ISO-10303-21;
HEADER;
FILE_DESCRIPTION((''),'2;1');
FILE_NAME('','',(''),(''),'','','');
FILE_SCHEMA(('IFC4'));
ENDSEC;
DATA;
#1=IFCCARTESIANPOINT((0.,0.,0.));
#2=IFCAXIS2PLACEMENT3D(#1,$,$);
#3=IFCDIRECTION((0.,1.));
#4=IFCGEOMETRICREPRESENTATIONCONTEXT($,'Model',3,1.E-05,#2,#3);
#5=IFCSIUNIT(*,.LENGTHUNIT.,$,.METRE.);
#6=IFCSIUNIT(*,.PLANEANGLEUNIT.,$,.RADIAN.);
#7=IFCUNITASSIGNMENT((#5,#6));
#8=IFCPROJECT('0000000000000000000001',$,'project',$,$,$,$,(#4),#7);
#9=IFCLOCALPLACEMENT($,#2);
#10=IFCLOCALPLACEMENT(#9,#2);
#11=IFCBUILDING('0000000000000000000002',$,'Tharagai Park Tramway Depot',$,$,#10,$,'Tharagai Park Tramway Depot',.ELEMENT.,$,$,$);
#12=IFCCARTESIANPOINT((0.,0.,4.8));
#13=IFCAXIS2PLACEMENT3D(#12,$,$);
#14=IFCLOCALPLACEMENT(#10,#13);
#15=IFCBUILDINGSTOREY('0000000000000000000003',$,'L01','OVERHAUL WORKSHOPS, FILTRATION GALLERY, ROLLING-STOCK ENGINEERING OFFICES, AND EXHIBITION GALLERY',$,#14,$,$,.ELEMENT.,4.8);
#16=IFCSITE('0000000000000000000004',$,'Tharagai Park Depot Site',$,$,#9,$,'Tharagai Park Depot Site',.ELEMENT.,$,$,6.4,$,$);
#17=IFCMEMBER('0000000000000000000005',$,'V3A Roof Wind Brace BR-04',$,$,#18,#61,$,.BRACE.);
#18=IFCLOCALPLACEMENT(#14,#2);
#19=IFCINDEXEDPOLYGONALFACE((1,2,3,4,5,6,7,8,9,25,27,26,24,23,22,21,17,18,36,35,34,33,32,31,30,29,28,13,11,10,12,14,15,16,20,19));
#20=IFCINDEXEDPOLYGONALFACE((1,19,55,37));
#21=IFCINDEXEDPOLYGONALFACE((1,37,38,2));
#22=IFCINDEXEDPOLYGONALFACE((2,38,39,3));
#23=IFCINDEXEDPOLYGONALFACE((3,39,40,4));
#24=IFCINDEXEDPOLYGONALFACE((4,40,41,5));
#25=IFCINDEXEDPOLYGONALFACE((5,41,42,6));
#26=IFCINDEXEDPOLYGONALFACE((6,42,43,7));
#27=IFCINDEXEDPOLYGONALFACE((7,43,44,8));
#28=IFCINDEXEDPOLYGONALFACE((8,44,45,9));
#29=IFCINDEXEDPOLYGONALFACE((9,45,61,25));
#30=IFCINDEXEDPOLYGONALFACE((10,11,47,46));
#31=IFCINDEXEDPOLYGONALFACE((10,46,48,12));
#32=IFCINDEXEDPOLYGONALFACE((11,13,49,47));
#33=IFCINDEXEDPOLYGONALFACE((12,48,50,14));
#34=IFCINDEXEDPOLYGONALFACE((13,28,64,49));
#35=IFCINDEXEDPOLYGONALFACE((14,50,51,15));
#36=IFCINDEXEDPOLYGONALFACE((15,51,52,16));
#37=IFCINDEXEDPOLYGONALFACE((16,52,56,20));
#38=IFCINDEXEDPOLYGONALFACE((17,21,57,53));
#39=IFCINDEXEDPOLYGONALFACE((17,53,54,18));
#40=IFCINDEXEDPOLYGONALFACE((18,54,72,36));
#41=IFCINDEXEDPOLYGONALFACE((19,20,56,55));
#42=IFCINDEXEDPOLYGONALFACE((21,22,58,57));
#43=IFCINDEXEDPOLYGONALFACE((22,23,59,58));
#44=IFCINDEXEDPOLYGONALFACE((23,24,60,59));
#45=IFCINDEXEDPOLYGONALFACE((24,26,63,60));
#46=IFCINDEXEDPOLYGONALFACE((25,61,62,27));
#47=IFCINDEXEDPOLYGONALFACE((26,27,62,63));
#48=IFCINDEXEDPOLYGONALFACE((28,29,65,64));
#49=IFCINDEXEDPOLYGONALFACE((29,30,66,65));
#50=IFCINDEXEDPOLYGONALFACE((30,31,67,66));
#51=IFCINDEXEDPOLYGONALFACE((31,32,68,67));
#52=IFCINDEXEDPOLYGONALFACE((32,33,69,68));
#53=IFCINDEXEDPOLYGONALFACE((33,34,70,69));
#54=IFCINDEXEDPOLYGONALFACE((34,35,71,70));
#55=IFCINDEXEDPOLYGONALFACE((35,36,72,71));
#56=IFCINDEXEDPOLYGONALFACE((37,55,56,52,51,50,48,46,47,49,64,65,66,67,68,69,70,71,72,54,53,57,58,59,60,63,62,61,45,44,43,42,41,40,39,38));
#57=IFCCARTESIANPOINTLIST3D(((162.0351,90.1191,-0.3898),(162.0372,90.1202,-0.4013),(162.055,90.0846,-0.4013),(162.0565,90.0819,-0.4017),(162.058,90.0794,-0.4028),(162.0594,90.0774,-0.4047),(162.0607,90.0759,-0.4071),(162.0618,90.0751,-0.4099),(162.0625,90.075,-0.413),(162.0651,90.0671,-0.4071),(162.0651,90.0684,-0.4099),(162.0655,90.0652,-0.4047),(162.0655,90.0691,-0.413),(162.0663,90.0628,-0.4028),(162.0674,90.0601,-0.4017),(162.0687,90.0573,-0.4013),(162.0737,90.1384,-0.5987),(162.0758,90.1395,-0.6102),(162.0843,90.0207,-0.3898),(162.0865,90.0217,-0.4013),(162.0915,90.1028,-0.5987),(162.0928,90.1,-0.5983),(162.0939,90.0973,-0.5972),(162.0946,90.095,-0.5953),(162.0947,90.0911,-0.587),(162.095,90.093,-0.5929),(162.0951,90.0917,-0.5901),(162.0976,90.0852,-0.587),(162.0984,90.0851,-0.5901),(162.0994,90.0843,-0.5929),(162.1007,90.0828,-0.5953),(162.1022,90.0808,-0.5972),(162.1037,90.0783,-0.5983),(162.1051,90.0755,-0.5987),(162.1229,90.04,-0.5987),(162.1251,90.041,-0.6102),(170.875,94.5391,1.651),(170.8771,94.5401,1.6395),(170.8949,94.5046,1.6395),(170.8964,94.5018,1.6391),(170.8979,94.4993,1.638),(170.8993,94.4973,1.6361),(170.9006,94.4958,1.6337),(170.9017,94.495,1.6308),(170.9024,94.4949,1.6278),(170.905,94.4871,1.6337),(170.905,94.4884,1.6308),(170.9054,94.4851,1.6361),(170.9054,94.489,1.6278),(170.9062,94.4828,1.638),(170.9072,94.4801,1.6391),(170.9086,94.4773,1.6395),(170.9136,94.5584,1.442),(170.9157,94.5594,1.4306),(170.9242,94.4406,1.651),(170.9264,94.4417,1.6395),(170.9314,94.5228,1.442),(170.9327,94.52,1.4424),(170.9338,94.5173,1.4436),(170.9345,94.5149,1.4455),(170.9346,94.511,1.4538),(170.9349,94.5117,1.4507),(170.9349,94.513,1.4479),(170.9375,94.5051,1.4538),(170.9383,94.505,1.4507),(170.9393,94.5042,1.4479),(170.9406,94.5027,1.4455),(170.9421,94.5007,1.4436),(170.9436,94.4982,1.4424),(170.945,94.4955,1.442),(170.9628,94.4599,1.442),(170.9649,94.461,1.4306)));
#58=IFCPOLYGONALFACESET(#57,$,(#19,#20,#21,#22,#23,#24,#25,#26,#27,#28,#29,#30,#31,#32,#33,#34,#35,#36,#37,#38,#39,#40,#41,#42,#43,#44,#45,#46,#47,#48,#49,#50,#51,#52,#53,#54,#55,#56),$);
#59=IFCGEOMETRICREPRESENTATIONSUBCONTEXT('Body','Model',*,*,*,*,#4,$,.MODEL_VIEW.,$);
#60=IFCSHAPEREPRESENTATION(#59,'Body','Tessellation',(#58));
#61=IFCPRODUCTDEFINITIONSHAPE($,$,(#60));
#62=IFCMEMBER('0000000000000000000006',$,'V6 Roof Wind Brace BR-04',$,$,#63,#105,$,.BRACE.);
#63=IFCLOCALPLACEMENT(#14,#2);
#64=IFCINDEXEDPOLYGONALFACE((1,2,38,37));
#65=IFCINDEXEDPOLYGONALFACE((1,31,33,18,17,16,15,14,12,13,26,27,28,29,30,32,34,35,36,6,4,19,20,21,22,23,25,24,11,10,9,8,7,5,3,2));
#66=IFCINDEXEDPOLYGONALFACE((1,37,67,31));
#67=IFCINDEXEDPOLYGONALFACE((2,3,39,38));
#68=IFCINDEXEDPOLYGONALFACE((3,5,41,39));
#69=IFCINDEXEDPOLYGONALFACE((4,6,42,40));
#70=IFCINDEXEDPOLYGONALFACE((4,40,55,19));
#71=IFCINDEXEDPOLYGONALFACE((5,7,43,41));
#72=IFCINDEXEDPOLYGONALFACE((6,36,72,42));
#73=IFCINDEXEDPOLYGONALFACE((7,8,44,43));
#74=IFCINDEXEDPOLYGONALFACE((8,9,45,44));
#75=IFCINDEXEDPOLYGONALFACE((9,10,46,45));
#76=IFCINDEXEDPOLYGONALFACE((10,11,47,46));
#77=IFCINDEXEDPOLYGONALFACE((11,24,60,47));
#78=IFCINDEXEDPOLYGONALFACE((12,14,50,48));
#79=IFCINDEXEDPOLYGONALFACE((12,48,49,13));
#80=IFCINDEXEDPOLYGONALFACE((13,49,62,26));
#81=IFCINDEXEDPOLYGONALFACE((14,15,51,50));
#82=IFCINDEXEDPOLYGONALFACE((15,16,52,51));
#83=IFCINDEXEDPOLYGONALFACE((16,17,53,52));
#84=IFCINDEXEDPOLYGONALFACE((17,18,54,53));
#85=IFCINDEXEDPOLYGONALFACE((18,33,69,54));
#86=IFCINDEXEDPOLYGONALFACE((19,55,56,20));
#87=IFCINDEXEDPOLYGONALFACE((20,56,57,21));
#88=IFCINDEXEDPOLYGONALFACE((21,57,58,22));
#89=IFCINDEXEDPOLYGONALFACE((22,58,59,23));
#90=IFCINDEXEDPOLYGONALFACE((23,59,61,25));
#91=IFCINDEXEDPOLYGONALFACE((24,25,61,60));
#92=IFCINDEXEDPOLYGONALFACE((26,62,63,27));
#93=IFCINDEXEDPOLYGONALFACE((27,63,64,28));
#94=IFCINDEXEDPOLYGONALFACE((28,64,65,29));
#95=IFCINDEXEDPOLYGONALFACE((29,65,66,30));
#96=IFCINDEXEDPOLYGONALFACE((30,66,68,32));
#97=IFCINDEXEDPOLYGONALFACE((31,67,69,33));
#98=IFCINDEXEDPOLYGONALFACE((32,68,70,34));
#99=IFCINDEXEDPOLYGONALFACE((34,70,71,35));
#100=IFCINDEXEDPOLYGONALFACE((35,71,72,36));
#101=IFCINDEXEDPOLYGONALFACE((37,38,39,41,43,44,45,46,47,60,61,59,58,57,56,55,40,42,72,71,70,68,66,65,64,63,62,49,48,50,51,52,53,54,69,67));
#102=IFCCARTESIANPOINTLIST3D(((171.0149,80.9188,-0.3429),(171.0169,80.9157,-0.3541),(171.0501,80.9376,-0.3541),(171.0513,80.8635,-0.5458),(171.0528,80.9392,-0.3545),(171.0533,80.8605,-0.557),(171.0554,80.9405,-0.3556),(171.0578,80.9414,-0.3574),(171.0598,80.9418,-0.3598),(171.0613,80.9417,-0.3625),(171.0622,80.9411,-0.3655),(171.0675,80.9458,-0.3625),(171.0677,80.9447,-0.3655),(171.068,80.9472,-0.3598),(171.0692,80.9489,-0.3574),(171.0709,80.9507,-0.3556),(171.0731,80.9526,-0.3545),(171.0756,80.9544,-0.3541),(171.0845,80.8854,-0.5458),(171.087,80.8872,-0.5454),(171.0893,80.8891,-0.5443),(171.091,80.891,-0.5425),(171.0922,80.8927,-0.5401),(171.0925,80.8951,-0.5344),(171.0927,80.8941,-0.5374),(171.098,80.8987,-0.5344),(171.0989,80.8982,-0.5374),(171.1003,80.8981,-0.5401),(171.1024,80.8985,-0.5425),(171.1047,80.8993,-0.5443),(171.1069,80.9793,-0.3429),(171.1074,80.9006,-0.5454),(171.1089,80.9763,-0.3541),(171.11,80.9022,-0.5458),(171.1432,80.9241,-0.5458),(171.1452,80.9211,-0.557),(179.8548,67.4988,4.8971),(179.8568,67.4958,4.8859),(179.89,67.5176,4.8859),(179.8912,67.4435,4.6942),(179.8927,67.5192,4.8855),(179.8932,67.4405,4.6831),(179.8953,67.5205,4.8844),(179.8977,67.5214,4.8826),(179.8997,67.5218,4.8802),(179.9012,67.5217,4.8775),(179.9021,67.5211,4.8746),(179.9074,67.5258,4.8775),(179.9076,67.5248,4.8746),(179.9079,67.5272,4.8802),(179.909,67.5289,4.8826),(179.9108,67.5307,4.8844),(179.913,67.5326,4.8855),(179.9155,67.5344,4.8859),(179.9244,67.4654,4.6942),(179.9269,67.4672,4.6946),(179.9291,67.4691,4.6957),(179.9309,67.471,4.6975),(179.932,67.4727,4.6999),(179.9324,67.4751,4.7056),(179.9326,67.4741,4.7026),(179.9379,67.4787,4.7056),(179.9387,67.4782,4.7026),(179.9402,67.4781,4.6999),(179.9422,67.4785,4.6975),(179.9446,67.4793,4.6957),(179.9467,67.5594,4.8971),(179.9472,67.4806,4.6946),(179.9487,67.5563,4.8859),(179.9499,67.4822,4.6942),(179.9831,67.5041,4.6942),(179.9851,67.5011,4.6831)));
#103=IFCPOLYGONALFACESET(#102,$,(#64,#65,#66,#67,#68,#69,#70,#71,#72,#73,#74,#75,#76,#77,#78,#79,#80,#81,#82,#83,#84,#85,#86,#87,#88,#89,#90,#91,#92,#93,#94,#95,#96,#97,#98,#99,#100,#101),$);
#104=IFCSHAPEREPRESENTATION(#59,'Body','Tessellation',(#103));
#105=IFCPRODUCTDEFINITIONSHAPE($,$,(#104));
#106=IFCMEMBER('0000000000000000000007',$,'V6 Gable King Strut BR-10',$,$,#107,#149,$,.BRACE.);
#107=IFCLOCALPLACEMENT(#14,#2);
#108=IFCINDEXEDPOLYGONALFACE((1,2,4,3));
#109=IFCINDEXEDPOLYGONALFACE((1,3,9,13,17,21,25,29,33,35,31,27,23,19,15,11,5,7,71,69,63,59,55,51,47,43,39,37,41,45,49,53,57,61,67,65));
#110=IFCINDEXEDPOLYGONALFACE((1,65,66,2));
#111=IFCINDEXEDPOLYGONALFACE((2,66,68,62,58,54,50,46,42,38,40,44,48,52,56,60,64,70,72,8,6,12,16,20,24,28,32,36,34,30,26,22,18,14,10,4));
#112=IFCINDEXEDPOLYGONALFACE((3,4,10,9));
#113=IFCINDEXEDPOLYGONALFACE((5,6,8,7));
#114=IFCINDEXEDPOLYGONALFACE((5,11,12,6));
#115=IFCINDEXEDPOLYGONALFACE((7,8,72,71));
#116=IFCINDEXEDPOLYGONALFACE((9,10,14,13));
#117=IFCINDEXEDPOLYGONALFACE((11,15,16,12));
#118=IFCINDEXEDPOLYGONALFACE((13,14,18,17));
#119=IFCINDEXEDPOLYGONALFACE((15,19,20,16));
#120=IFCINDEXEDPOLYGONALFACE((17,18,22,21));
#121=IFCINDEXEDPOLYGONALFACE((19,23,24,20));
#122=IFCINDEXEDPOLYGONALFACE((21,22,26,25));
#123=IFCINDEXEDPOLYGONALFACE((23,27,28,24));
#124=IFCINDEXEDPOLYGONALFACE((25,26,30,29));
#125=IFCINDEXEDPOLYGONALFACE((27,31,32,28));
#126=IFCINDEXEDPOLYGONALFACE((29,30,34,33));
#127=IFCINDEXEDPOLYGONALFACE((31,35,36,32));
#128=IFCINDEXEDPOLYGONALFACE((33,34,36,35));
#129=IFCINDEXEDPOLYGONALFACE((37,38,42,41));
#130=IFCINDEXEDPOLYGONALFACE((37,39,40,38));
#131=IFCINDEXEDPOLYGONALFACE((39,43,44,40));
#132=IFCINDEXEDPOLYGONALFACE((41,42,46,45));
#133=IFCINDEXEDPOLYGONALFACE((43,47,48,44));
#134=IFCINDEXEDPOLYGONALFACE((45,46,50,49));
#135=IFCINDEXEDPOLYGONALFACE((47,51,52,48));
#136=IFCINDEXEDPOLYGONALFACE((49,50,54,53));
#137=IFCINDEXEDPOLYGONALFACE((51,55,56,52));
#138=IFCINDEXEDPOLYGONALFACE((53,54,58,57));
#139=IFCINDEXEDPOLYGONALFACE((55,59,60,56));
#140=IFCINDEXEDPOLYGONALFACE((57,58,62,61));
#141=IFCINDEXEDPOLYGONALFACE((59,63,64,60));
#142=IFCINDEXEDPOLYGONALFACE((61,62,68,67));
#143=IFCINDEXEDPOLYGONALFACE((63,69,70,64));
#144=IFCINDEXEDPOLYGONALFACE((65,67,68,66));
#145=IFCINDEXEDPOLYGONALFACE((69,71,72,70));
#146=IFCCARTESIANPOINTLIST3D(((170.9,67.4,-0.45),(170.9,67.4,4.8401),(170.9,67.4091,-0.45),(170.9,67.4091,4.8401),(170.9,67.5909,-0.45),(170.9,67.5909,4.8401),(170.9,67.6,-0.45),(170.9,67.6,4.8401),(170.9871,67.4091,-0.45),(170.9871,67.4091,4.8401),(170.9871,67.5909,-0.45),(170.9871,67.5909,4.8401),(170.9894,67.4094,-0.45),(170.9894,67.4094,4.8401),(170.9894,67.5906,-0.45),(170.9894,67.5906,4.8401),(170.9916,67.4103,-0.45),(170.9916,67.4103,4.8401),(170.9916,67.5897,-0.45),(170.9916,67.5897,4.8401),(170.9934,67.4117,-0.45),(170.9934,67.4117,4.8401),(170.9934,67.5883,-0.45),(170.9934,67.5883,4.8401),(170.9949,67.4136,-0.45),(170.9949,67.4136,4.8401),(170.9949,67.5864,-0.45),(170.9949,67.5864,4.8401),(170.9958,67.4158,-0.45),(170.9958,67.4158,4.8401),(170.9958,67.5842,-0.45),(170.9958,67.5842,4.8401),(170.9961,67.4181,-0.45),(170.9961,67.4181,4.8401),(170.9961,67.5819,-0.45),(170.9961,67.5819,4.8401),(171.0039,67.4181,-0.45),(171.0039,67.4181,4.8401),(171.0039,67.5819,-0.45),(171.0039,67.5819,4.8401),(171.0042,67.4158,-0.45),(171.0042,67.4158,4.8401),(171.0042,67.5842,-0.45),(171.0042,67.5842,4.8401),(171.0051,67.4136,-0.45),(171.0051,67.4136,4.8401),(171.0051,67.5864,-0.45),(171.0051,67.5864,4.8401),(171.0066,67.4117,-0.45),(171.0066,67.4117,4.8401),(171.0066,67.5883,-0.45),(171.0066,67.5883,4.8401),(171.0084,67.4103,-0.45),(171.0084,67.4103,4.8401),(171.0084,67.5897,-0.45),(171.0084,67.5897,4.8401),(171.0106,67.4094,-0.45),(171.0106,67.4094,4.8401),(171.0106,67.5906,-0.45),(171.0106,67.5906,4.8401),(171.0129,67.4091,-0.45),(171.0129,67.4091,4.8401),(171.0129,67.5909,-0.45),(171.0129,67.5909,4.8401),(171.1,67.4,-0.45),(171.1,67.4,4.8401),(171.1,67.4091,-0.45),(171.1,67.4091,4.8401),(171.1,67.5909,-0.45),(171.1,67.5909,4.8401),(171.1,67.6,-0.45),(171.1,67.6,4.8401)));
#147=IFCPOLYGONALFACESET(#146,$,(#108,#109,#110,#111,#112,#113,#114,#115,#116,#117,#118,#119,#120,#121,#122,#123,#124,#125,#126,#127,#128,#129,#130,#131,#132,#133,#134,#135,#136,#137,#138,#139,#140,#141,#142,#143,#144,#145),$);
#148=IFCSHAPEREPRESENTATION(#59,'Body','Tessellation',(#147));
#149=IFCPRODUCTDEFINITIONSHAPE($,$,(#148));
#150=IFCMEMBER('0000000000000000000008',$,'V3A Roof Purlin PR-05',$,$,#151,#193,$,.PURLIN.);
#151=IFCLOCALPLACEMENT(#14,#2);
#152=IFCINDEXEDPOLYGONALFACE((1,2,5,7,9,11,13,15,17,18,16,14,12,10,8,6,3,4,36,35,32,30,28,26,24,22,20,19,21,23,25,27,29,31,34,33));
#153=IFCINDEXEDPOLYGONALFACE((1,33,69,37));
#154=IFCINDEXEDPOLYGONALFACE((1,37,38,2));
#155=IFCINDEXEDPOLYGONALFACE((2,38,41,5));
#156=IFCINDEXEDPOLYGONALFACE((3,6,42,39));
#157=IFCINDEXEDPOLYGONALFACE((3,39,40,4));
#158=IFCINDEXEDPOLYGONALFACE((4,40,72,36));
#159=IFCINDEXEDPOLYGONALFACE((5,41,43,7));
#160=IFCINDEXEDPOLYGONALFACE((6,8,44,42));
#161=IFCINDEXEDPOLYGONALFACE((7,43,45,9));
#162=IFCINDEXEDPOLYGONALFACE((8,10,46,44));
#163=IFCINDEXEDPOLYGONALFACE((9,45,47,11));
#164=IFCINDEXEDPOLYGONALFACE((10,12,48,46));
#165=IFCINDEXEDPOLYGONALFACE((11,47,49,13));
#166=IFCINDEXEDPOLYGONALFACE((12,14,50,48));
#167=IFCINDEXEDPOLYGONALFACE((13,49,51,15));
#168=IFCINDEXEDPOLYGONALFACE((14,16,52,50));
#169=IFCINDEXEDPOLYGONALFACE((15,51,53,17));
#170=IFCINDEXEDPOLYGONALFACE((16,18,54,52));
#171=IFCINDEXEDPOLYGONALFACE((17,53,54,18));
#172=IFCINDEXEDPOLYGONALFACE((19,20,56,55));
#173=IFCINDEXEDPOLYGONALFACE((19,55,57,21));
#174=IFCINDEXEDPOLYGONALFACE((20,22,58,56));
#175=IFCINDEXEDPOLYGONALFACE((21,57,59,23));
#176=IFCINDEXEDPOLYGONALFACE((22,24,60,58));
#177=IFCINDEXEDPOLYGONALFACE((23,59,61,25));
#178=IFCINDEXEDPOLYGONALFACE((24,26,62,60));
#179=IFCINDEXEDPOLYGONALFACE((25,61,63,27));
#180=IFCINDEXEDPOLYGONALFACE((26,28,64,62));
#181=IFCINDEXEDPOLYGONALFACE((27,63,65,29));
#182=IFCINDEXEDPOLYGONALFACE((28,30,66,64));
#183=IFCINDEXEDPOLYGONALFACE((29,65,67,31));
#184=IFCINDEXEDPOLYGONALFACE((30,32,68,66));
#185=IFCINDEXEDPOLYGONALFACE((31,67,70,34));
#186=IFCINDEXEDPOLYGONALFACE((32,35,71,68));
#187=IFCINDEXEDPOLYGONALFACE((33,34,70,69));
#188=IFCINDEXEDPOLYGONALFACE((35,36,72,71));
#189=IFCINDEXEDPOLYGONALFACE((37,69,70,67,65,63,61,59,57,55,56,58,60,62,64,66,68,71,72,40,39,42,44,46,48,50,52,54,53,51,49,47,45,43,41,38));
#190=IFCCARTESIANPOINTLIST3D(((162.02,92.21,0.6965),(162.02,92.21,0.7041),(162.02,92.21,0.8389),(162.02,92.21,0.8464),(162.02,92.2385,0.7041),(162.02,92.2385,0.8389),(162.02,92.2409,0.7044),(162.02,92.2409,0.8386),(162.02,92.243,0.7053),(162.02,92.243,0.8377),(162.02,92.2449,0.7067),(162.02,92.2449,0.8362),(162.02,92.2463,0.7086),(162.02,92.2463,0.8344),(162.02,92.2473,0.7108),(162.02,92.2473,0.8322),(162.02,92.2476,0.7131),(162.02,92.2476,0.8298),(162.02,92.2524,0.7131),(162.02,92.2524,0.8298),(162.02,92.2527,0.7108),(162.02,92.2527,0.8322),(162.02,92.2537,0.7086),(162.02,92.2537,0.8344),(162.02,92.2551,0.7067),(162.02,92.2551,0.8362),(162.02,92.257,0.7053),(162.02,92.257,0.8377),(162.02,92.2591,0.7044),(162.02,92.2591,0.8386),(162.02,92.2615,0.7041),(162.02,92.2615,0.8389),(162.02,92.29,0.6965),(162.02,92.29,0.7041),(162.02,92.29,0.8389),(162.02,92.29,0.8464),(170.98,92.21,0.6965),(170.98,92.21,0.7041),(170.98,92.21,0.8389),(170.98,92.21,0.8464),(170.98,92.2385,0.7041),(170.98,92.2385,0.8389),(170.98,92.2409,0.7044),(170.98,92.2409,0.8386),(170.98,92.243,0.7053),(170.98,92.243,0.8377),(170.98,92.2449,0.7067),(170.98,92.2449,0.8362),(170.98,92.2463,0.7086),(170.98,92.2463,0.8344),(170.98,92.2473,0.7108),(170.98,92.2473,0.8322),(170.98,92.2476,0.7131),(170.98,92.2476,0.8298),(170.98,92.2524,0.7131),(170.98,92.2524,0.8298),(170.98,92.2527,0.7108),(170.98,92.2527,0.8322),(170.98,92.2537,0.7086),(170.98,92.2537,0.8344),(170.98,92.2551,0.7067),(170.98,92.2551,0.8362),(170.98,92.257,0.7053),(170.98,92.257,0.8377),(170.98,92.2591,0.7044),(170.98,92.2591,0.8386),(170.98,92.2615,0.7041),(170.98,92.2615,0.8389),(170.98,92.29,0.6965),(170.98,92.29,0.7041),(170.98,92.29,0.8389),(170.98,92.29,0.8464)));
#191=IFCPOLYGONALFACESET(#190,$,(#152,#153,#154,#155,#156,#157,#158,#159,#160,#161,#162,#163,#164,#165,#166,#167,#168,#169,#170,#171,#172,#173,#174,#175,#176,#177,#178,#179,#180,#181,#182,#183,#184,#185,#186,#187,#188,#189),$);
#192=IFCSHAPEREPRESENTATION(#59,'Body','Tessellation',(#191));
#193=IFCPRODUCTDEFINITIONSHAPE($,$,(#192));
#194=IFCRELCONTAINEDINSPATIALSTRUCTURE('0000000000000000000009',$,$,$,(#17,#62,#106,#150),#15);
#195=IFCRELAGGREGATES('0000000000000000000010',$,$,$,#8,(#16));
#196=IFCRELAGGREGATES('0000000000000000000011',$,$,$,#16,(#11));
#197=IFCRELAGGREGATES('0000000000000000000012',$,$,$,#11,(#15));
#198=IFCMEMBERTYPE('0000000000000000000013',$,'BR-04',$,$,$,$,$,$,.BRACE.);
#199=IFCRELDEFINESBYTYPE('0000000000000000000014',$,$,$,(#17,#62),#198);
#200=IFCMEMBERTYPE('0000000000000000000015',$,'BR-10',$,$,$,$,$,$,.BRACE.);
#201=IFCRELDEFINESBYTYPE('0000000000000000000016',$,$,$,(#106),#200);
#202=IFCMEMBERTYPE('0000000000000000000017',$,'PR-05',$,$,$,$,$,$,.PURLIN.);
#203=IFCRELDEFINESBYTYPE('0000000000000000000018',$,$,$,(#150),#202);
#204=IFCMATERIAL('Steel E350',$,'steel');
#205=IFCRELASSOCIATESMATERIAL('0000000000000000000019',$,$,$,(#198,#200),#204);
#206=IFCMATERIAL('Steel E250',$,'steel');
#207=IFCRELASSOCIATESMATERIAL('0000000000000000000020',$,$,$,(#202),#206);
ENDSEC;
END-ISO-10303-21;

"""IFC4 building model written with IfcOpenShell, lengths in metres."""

from ifc_helpers import new_model, si_unit, direction, frame, origin, origin_2d, place, context, subcontext, project, spatial, i_section, extrude, material, material_profile, profile_set, type_object, element, save


model = new_model("IFC4")

# Units and contexts
model_context = context("Model", 3, precision=1e-05, world=origin(), true_north=direction((0.0, 1.0)))
body_context = subcontext(model_context, "Body", "Model", "MODEL_VIEW")
ifc_project = project(units=[si_unit("LENGTHUNIT", "METRE"), si_unit("PLANEANGLEUNIT", "RADIAN")], contexts=[model_context])

# Site, building, storey
site_placement = place(None, origin())
site = spatial("IfcSite", under=ifc_project, at=site_placement, Name="Tharagai Park Depot Site", LongName="Tharagai Park Depot Site", CompositionType="ELEMENT", RefElevation=6.4)
building_placement = place(site_placement, origin())
building = spatial("IfcBuilding", under=site, at=building_placement, Name="Tharagai Park Tramway Depot", LongName="Tharagai Park Tramway Depot", CompositionType="ELEMENT")
storey_placement = place(building_placement, frame((0.0, 0.0, 4.8)))
storey = spatial("IfcBuildingStorey", under=building, at=storey_placement, Name="L01", Description="OVERHAUL WORKSHOPS, FILTRATION GALLERY, ROLLING-STOCK ENGINEERING OFFICES, AND EXHIBITION GALLERY", CompositionType="ELEMENT", Elevation=4.8)

# Shared definitions
ifc_material_1 = material(Name="Steel E350", Category="steel")

# Members
ifc_material_profile_1 = material_profile(ifc_material_1, i_section(OverallWidth=0.1101, OverallDepth=0.2251, WebThickness=0.0066, FlangeThickness=0.0117, FilletRadius=0.012, at=origin_2d()), Name="ISMB 225")
ifc_profile_set_1 = profile_set([ifc_material_profile_1], Name="Steel E350")
member_type_1 = type_object("IfcMemberType", Name="BR-04", PredefinedType="BRACE", material=ifc_profile_set_1)
member_1_placement = place(storey_placement, frame((162.0801, 90.0801, -0.5), z_axis=(0.875948, 0.437974, 0.202222), x_axis=(-0.447214, 0.894427, 0.0)))
element("IfcMember", 1, at=member_1_placement, inside=storey, type_object=member_type_1, Name="V3A Roof Wind Brace BR-04", PredefinedType="BRACE", context=body_context, shape_type="SweptSolid", body=[
    extrude(i_section(OverallWidth=0.1101, OverallDepth=0.2251, WebThickness=0.0066, FlangeThickness=0.0117, FilletRadius=0.012, at=origin_2d()), origin(), (0.0, 0.0, 1.0), 10.0918),
])
member_2_placement = place(storey_placement, frame((171.0801, 80.9199, -0.45), z_axis=(0.52299, -0.793961, 0.310013), x_axis=(0.835104, 0.550092, 0.0)))
element("IfcMember", 2, at=member_2_placement, inside=storey, type_object=member_type_1, Name="V6 Roof Wind Brace BR-04", PredefinedType="BRACE", context=body_context, shape_type="SweptSolid", body=[
    extrude(i_section(OverallWidth=0.1101, OverallDepth=0.2251, WebThickness=0.0066, FlangeThickness=0.0117, FilletRadius=0.012, at=origin_2d()), origin(), (0.0, 0.0, 1.0), 16.9026),
])
ifc_material_profile_2 = material_profile(ifc_material_1, i_section(OverallWidth=0.2, OverallDepth=0.2, WebThickness=0.0078, FlangeThickness=0.009, FilletRadius=0.009, at=origin_2d()), Name="ISHB 200")
ifc_profile_set_2 = profile_set([ifc_material_profile_2], Name="Steel E350")
member_type_2 = type_object("IfcMemberType", Name="BR-10", PredefinedType="BRACE", material=ifc_profile_set_2)
member_3_placement = place(storey_placement, frame((171.0, 67.5, -0.45), z_axis=(0.0, 0.0, 1.0), x_axis=(1.0, 0.0, 0.0)))
element("IfcMember", 3, at=member_3_placement, inside=storey, type_object=member_type_2, Name="V6 Gable King Strut BR-10", PredefinedType="BRACE", context=body_context, shape_type="SweptSolid", body=[
    extrude(i_section(OverallWidth=0.2, OverallDepth=0.2, WebThickness=0.0078, FlangeThickness=0.009, FilletRadius=0.009, at=origin_2d()), origin(), (0.0, 0.0, 1.0), 5.29),
])
ifc_material_2 = material(Name="Steel E250", Category="steel")
ifc_material_profile_3 = material_profile(ifc_material_2, i_section(OverallWidth=0.0801, OverallDepth=0.1499, WebThickness=0.0049, FlangeThickness=0.0076, FilletRadius=0.009, at=origin_2d()), Name="ISMB 150")
ifc_profile_set_3 = profile_set([ifc_material_profile_3], Name="Steel E250")
member_type_3 = type_object("IfcMemberType", Name="PR-05", PredefinedType="PURLIN", material=ifc_profile_set_3)
for number, where, z_axis, x_axis, name in (
    (4, (162.02, 92.25, 0.7715), (1.0, 0.0, 0.0), (0.0, 1.0, 0.0), "V3A Roof Purlin PR-05"),
):
    element("IfcMember", number, at=place(storey_placement, frame(where, z_axis=z_axis, x_axis=x_axis)), inside=storey, type_object=member_type_3, Name=name, PredefinedType="PURLIN", context=body_context, shape_type="SweptSolid", body=[
        extrude(i_section(OverallWidth=0.0801, OverallDepth=0.1499, WebThickness=0.0049, FlangeThickness=0.0076, FilletRadius=0.009, at=origin_2d()), origin(), (0.0, 0.0, 1.0), 8.96),
    ])

save(model, "model.ifc")
